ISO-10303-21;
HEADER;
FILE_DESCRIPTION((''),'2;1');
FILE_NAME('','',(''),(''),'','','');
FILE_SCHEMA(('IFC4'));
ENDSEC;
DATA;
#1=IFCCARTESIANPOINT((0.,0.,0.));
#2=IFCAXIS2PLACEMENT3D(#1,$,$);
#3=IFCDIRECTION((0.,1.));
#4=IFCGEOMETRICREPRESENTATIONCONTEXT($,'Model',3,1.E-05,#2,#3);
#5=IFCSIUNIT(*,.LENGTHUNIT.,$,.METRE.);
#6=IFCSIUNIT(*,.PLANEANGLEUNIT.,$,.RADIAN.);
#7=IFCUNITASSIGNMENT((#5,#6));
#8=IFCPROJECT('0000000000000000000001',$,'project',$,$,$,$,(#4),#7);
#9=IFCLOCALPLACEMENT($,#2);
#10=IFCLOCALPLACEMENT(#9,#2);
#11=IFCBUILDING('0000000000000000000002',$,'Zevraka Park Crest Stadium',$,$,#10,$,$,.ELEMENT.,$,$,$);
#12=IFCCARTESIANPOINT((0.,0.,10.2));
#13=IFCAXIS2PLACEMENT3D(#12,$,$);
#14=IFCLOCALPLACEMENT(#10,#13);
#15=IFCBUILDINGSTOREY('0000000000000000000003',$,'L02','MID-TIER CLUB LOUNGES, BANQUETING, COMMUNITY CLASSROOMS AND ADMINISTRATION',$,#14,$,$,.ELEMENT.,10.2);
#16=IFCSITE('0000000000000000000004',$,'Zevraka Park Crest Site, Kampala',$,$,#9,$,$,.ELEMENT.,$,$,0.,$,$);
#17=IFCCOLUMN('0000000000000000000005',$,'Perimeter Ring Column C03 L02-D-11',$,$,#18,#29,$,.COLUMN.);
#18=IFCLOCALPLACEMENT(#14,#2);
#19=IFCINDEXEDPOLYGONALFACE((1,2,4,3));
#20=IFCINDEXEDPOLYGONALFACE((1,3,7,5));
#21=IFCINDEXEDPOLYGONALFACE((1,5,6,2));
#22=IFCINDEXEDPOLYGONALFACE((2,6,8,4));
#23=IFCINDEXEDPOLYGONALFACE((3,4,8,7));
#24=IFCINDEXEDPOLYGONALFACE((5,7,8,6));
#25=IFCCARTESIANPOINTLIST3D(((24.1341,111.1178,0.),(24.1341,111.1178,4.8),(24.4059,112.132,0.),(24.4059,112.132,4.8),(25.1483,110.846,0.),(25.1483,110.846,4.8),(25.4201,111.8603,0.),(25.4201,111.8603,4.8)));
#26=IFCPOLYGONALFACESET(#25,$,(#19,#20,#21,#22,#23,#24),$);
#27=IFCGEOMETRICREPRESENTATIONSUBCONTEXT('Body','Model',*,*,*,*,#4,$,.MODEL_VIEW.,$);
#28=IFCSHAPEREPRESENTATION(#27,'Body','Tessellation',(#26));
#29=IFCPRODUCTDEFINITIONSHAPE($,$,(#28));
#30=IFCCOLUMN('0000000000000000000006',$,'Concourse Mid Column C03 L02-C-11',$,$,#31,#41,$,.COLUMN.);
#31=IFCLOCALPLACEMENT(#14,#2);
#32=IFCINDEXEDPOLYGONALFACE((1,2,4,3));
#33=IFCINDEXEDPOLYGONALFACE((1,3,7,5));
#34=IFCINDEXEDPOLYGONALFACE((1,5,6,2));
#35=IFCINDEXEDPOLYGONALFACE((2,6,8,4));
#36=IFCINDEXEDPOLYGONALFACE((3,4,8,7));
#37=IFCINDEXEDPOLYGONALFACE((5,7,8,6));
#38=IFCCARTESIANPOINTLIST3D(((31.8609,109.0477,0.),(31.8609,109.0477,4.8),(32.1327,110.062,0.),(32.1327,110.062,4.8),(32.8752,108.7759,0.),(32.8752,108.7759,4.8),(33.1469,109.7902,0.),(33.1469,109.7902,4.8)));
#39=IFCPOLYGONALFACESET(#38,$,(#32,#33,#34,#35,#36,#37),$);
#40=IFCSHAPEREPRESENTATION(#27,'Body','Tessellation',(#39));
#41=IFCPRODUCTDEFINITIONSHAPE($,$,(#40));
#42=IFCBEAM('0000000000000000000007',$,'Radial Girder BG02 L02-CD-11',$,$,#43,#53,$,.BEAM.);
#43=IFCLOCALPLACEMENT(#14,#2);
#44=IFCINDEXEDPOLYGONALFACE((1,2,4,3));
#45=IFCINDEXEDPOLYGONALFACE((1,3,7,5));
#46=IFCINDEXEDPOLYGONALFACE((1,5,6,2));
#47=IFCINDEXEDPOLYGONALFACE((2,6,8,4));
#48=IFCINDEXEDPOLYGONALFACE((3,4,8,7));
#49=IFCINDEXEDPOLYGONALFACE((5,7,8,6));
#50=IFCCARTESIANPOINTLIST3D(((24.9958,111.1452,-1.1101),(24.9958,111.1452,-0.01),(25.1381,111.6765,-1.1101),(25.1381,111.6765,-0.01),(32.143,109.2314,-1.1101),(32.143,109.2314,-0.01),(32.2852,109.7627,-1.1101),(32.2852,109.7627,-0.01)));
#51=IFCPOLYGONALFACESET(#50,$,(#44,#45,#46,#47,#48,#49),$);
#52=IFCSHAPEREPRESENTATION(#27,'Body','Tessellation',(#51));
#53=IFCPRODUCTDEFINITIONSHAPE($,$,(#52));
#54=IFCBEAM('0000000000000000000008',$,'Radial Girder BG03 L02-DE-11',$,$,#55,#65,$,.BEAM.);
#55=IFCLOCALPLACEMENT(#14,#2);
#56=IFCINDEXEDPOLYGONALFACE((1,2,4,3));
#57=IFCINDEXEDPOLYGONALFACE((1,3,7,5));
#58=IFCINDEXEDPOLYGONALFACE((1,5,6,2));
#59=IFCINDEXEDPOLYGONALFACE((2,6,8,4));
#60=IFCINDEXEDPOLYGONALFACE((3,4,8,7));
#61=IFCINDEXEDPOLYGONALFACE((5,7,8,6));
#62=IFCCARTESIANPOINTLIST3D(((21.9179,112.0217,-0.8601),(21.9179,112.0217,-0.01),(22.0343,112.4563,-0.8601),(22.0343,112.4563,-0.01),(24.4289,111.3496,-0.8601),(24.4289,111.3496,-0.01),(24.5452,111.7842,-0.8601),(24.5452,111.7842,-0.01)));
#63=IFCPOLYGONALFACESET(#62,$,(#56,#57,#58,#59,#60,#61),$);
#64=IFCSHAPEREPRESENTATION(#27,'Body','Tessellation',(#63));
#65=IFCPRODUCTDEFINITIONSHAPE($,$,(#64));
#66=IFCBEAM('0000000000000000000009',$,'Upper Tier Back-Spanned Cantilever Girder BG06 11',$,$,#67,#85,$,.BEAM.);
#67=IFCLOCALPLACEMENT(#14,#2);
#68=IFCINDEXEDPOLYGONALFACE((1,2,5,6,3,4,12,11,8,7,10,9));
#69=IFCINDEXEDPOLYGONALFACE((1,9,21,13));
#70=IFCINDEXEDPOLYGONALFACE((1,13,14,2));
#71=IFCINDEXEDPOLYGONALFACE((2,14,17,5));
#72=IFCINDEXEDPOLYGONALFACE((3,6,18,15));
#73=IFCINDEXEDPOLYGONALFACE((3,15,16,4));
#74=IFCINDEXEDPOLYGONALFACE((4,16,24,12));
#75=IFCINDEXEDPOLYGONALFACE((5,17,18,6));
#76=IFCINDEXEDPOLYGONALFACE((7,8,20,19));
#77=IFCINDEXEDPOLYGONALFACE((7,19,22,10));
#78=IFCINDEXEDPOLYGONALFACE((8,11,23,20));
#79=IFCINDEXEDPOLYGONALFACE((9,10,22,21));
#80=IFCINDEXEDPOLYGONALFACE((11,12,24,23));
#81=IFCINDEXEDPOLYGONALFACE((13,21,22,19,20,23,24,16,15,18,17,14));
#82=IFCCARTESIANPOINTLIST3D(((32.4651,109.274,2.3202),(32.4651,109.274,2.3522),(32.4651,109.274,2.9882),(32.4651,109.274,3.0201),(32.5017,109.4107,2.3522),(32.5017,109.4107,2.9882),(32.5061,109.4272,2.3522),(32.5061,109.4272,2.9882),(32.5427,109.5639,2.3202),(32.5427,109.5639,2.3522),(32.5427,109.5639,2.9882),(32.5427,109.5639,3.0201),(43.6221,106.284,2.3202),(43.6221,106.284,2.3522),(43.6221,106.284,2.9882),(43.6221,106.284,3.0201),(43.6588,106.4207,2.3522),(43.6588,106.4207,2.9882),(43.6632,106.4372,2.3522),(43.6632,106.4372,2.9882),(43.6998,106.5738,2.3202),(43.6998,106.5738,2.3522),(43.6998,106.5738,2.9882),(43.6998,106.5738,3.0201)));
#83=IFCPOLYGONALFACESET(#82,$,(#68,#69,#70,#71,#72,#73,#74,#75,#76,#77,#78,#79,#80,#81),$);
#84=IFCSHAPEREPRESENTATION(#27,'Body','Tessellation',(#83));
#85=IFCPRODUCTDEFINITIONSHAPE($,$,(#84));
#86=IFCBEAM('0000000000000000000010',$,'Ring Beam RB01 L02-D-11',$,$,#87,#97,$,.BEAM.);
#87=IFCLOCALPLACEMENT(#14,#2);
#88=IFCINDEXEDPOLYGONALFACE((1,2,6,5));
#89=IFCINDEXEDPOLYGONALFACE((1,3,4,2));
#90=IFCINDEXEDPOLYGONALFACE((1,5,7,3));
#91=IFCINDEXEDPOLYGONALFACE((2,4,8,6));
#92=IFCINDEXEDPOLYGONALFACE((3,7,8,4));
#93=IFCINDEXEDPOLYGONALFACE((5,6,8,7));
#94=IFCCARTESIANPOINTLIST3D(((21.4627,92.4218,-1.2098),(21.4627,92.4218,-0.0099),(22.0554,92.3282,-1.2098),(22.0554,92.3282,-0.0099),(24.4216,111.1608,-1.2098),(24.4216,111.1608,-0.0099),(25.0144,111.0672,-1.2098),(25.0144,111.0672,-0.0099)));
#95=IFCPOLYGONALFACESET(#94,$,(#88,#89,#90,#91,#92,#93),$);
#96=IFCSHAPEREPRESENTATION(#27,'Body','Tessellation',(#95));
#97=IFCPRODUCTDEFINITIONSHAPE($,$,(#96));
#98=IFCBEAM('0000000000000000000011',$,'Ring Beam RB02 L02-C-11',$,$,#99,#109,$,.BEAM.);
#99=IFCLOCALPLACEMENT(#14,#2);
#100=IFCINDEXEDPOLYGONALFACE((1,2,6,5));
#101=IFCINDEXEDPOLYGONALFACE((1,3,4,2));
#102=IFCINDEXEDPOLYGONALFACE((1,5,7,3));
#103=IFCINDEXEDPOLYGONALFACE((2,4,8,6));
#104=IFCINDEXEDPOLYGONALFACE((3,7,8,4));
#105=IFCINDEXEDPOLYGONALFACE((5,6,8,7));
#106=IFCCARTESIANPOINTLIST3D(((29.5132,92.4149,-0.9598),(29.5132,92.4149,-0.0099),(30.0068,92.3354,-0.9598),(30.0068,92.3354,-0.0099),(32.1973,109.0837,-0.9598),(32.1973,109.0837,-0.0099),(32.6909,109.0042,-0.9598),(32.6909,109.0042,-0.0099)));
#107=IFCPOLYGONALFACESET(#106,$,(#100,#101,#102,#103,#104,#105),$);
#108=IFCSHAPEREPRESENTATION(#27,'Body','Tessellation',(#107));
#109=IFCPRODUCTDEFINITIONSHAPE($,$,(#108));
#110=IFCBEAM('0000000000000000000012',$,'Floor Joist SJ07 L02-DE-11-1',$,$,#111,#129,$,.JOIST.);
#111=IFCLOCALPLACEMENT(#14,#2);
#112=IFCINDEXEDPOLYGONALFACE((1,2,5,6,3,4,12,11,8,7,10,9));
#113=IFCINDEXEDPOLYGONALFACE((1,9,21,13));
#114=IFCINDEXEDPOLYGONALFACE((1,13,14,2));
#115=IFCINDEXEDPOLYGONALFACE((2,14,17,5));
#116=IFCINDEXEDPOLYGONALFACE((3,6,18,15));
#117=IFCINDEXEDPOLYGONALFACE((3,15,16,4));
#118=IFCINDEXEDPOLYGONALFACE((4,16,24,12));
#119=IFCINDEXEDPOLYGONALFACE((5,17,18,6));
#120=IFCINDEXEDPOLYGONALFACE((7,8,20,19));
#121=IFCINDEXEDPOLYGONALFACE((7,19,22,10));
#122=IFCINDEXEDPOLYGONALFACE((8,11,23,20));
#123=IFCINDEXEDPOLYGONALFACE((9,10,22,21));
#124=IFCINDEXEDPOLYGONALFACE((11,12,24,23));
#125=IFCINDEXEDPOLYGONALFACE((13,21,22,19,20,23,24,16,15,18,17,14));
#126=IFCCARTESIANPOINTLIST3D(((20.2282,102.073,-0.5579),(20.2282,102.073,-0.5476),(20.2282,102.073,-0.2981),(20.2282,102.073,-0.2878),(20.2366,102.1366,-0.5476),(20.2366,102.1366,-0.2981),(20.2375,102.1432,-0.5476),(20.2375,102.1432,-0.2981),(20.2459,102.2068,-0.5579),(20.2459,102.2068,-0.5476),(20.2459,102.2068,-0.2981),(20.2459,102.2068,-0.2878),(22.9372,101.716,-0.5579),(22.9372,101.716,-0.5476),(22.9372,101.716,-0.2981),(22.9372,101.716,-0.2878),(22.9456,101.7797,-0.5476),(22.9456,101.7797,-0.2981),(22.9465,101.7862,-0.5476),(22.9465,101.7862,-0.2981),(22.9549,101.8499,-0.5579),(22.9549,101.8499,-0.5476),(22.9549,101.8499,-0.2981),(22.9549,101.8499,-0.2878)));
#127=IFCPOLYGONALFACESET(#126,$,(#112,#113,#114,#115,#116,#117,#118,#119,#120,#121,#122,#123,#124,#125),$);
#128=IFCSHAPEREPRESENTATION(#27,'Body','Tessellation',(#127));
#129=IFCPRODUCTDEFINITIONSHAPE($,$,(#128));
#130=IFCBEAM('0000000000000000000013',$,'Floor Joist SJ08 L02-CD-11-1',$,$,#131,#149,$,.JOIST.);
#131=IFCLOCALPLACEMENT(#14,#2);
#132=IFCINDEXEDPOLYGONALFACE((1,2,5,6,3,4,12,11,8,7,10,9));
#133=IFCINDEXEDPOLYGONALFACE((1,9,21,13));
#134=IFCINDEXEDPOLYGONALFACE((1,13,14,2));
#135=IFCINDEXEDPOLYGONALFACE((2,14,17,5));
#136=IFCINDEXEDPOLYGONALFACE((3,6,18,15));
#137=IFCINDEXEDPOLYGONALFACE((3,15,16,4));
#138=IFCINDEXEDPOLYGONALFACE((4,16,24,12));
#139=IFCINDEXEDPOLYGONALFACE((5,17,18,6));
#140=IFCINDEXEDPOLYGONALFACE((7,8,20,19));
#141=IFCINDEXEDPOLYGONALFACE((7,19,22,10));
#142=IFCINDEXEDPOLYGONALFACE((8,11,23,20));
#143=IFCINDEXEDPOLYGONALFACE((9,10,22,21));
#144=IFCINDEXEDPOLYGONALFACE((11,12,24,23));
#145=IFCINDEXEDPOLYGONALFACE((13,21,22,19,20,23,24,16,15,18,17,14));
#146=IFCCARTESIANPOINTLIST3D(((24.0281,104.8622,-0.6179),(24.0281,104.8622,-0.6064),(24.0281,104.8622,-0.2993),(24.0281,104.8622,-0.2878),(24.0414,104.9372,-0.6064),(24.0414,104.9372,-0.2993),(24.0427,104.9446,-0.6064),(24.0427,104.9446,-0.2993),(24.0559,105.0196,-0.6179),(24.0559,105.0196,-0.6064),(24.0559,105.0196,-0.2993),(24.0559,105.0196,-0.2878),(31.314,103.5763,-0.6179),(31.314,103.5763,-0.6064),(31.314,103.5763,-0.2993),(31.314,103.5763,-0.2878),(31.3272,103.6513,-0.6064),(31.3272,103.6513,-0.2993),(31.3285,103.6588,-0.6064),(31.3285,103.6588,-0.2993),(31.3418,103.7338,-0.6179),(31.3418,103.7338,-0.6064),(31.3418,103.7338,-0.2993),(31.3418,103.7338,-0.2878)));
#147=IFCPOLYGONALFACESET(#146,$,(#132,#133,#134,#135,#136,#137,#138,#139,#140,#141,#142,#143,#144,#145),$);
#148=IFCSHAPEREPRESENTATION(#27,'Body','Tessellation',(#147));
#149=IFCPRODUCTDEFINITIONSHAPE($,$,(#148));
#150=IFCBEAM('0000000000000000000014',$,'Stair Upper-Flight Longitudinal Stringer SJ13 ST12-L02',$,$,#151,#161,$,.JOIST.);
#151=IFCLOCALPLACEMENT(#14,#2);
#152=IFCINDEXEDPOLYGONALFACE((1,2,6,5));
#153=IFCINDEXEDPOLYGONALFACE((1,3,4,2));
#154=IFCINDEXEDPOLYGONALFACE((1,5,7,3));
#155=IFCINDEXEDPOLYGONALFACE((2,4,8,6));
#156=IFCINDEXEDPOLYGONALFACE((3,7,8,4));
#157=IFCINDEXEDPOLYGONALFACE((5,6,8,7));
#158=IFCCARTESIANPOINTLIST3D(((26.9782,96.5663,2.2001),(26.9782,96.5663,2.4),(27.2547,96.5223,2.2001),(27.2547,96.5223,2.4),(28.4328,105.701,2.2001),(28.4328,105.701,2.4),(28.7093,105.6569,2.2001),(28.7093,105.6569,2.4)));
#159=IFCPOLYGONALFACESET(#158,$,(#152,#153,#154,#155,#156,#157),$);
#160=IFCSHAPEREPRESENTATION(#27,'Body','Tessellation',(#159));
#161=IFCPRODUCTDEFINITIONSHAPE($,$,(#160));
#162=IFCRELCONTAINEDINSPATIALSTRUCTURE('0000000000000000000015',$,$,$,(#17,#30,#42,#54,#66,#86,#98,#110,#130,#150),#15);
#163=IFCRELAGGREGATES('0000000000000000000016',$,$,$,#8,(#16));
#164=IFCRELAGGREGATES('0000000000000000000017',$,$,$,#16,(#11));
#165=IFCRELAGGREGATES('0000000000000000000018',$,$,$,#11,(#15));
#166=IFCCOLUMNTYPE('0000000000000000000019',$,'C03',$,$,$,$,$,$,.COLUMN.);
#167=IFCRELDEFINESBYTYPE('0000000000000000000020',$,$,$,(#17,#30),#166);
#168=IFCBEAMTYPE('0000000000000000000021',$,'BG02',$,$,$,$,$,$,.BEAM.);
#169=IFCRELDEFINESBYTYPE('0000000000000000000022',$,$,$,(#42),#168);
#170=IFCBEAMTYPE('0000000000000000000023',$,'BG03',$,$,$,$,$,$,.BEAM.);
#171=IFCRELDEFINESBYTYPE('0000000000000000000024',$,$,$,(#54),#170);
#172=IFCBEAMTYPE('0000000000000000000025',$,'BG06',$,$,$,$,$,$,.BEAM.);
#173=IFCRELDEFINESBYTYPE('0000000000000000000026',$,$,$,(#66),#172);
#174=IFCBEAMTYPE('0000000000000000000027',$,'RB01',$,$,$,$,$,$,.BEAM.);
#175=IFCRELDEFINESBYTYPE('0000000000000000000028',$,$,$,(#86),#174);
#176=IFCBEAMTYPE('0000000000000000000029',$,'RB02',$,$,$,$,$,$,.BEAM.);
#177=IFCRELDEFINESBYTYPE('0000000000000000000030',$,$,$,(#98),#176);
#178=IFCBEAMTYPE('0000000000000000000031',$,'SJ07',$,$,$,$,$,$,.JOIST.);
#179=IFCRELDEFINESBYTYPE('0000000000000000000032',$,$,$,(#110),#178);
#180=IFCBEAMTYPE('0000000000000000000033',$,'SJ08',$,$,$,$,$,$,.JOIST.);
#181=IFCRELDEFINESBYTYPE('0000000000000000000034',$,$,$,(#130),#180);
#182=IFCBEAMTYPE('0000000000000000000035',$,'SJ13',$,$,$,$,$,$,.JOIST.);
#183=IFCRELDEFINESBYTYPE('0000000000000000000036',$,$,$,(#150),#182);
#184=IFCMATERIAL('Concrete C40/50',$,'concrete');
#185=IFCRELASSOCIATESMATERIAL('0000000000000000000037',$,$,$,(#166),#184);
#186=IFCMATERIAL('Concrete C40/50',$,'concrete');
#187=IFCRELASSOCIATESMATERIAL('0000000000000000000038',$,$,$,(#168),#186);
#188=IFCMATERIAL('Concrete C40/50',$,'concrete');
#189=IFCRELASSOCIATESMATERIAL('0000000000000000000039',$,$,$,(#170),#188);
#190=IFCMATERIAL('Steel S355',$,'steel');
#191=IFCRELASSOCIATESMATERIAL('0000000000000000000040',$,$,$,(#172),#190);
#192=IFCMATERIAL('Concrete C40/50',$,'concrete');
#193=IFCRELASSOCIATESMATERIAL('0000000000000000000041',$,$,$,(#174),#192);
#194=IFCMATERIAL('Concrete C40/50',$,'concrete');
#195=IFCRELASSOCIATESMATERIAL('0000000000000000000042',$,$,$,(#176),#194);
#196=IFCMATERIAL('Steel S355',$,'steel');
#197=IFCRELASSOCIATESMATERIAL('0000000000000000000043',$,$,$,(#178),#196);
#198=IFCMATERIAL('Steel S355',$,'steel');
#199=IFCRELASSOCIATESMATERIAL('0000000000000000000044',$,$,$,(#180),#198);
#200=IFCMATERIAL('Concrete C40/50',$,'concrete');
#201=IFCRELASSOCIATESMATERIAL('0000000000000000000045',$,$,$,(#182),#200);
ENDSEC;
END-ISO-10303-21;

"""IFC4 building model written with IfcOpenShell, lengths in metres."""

from ifc_helpers import new_model, si_unit, direction, frame, origin, origin_2d, place, context, subcontext, project, spatial, rectangle, i_section, extrude, material, material_profile, profile_set, type_object, element, save


model = new_model("IFC4")

# Units and contexts
model_context = context("Model", 3, precision=1e-05, world=origin(), true_north=direction((0.0, 1.0)))
body_context = subcontext(model_context, "Body", "Model", "MODEL_VIEW")
ifc_project = project(units=[si_unit("LENGTHUNIT", "METRE"), si_unit("PLANEANGLEUNIT", "RADIAN")], contexts=[model_context])

# Site, building, storey
site_placement = place(None, origin())
site = spatial("IfcSite", under=ifc_project, at=site_placement, Name="Zevraka Park Crest Site, Kampala", CompositionType="ELEMENT", RefElevation=0.0)
building_placement = place(site_placement, origin())
building = spatial("IfcBuilding", under=site, at=building_placement, Name="Zevraka Park Crest Stadium", CompositionType="ELEMENT")
storey_placement = place(building_placement, frame((0.0, 0.0, 10.2)))
storey = spatial("IfcBuildingStorey", under=building, at=storey_placement, Name="L02", Description="MID-TIER CLUB LOUNGES, BANQUETING, COMMUNITY CLASSROOMS AND ADMINISTRATION", CompositionType="ELEMENT", Elevation=10.2)

# Columns
ifc_material_1 = material(Name="Concrete C40/50", Category="concrete")
ifc_material_profile_1 = material_profile(ifc_material_1, rectangle(XDim=1.05, YDim=1.05, at=origin_2d()), Name="RC 1050x1050")
ifc_profile_set_1 = profile_set([ifc_material_profile_1], Name="Concrete C40/50")
column_type = type_object("IfcColumnType", Name="C03", PredefinedType="COLUMN", material=ifc_profile_set_1)
for number, where, z_axis, x_axis, name in (
    (1, (24.7771, 111.489, 0.0), (0.0, 0.0, 1.0), (-0.965926, 0.258819, 0.0), "Perimeter Ring Column C03 L02-D-11"),
    (2, (32.5039, 109.4189, 0.0), (0.0, 0.0, 1.0), (-0.965926, 0.258819, 0.0), "Concourse Mid Column C03 L02-C-11"),
):
    element("IfcColumn", number, at=place(storey_placement, frame(where, z_axis=z_axis, x_axis=x_axis)), inside=storey, type_object=column_type, Name=name, PredefinedType="COLUMN", context=body_context, shape_type="SweptSolid", body=[
        extrude(rectangle(XDim=1.05, YDim=1.05, at=origin_2d()), origin(), (0.0, 0.0, 1.0), 4.8),
    ])

# Beams
ifc_material_2 = material(Name="Concrete C40/50", Category="concrete")
ifc_material_profile_2 = material_profile(ifc_material_2, rectangle(XDim=0.55, YDim=1.1001, at=origin_2d()), Name="RC 1100x550")
ifc_profile_set_2 = profile_set([ifc_material_profile_2], Name="Concrete C40/50")
beam_type_1 = type_object("IfcBeamType", Name="BG02", PredefinedType="BEAM", material=ifc_profile_set_2)
beam_1_placement = place(storey_placement, frame((32.2141, 109.4971, -0.5601), z_axis=(-0.965969, 0.258659, 0.0), x_axis=(-0.258659, -0.965969, 0.0)))
element("IfcBeam", 3, at=beam_1_placement, inside=storey, type_object=beam_type_1, Name="Radial Girder BG02 L02-CD-11", PredefinedType="BEAM", context=body_context, shape_type="SweptSolid", body=[
    extrude(rectangle(XDim=0.55, YDim=1.1001, at=origin_2d()), origin(), (0.0, 0.0, 1.0), 7.3989),
])
ifc_material_3 = material(Name="Concrete C40/50", Category="concrete")
ifc_material_profile_3 = material_profile(ifc_material_3, rectangle(XDim=0.45, YDim=0.8501, at=origin_2d()), Name="RC 850x450")
ifc_profile_set_3 = profile_set([ifc_material_profile_3], Name="Concrete C40/50")
beam_type_2 = type_object("IfcBeamType", Name="BG03", PredefinedType="BEAM", material=ifc_profile_set_3)
beam_2_placement = place(storey_placement, frame((24.4871, 111.5669, -0.4351), z_axis=(-0.965993, 0.258569, 0.0), x_axis=(-0.258569, -0.965993, 0.0)))
element("IfcBeam", 4, at=beam_2_placement, inside=storey, type_object=beam_type_2, Name="Radial Girder BG03 L02-DE-11", PredefinedType="BEAM", context=body_context, shape_type="SweptSolid", body=[
    extrude(rectangle(XDim=0.45, YDim=0.8501, at=origin_2d()), origin(), (0.0, 0.0, 1.0), 2.5994),
])
ifc_material_4 = material(Name="Steel S355", Category="steel")
ifc_material_profile_4 = material_profile(ifc_material_4, i_section(OverallWidth=0.3, OverallDepth=0.7, WebThickness=0.0171, FlangeThickness=0.032, at=origin_2d()), Name="HEB 700")
ifc_profile_set_4 = profile_set([ifc_material_profile_4], Name="Steel S355")
beam_type_3 = type_object("IfcBeamType", Name="BG06", PredefinedType="BEAM", material=ifc_profile_set_4)
beam_3_placement = place(storey_placement, frame((32.5039, 109.4189, 2.6702), z_axis=(0.965915, -0.258858, 0.0), x_axis=(0.258858, 0.965915, 0.0)))
element("IfcBeam", 5, at=beam_3_placement, inside=storey, type_object=beam_type_3, Name="Upper Tier Back-Spanned Cantilever Girder BG06 11", PredefinedType="BEAM", context=body_context, shape_type="SweptSolid", body=[
    extrude(i_section(OverallWidth=0.3, OverallDepth=0.7, WebThickness=0.0171, FlangeThickness=0.032, at=origin_2d()), origin(), (0.0, 0.0, 1.0), 11.5508),
])
ifc_material_5 = material(Name="Concrete C40/50", Category="concrete")
ifc_material_profile_5 = material_profile(ifc_material_5, rectangle(XDim=0.6001, YDim=1.2, at=origin_2d()), Name="RC 1200x600")
ifc_profile_set_5 = profile_set([ifc_material_profile_5], Name="Concrete C40/50")
beam_type_4 = type_object("IfcBeamType", Name="RB01", PredefinedType="BEAM", material=ifc_profile_set_5)
beam_4_placement = place(storey_placement, frame((24.718, 111.114, -0.6099), z_axis=(-0.155972, -0.987761, 0.0), x_axis=(0.987761, -0.155972, 0.0)))
element("IfcBeam", 6, at=beam_4_placement, inside=storey, type_object=beam_type_4, Name="Ring Beam RB01 L02-D-11", PredefinedType="BEAM", context=body_context, shape_type="SweptSolid", body=[
    extrude(rectangle(XDim=0.6001, YDim=1.2, at=origin_2d()), origin(), (0.0, 0.0, 1.0), 18.9712),
])
ifc_material_6 = material(Name="Concrete C40/50", Category="concrete")
ifc_material_profile_6 = material_profile(ifc_material_6, rectangle(XDim=0.5, YDim=0.95, at=origin_2d()), Name="RC 950x500")
ifc_profile_set_6 = profile_set([ifc_material_profile_6], Name="Concrete C40/50")
beam_type_5 = type_object("IfcBeamType", Name="RB02", PredefinedType="BEAM", material=ifc_profile_set_6)
beam_5_placement = place(storey_placement, frame((32.4441, 109.0439, -0.4849), z_axis=(-0.158975, -0.987283, 0.0), x_axis=(0.987283, -0.158975, 0.0)))
element("IfcBeam", 7, at=beam_5_placement, inside=storey, type_object=beam_type_5, Name="Ring Beam RB02 L02-C-11", PredefinedType="BEAM", context=body_context, shape_type="SweptSolid", body=[
    extrude(rectangle(XDim=0.5, YDim=0.95, at=origin_2d()), origin(), (0.0, 0.0, 1.0), 16.8835),
])
ifc_material_7 = material(Name="Steel S355", Category="steel")
ifc_material_profile_7 = material_profile(ifc_material_7, i_section(OverallWidth=0.135, OverallDepth=0.27, WebThickness=0.0066, FlangeThickness=0.0103, at=origin_2d()), Name="IPE 270")
ifc_profile_set_7 = profile_set([ifc_material_profile_7], Name="Steel S355")
beam_type_6 = type_object("IfcBeamType", Name="SJ07", PredefinedType="JOIST", material=ifc_profile_set_7)
beam_6_placement = place(storey_placement, frame((22.946, 101.783, -0.4229), z_axis=(-0.991431, 0.13063, 0.0), x_axis=(-0.13063, -0.991431, 0.0)))
element("IfcBeam", 8, at=beam_6_placement, inside=storey, type_object=beam_type_6, Name="Floor Joist SJ07 L02-DE-11-1", PredefinedType="JOIST", context=body_context, shape_type="SweptSolid", body=[
    extrude(i_section(OverallWidth=0.135, OverallDepth=0.27, WebThickness=0.0066, FlangeThickness=0.0103, at=origin_2d()), origin(), (0.0, 0.0, 1.0), 2.7324),
])
ifc_material_8 = material(Name="Steel S355", Category="steel")
ifc_material_profile_8 = material_profile(ifc_material_8, i_section(OverallWidth=0.1599, OverallDepth=0.3301, WebThickness=0.0076, FlangeThickness=0.0115, at=origin_2d()), Name="IPE 330")
ifc_profile_set_8 = profile_set([ifc_material_profile_8], Name="Steel S355")
beam_type_7 = type_object("IfcBeamType", Name="SJ08", PredefinedType="JOIST", material=ifc_profile_set_8)
beam_7_placement = place(storey_placement, frame((31.3279, 103.655, -0.4529), z_axis=(-0.98478, 0.173804, 0.0), x_axis=(-0.173804, -0.98478, 0.0)))
element("IfcBeam", 9, at=beam_7_placement, inside=storey, type_object=beam_type_7, Name="Floor Joist SJ08 L02-CD-11-1", PredefinedType="JOIST", context=body_context, shape_type="SweptSolid", body=[
    extrude(i_section(OverallWidth=0.1599, OverallDepth=0.3301, WebThickness=0.0076, FlangeThickness=0.0115, at=origin_2d()), origin(), (0.0, 0.0, 1.0), 7.3984),
])
ifc_material_9 = material(Name="Concrete C40/50", Category="concrete")
ifc_material_profile_9 = material_profile(ifc_material_9, rectangle(XDim=0.28, YDim=0.2, at=origin_2d()), Name="RC 200x280")
ifc_profile_set_9 = profile_set([ifc_material_profile_9], Name="Concrete C40/50")
beam_type_8 = type_object("IfcBeamType", Name="SJ13", PredefinedType="JOIST", material=ifc_profile_set_9)
beam_8_placement = place(storey_placement, frame((28.571, 105.679, 2.3), z_axis=(-0.157255, -0.987558, 0.0), x_axis=(0.987558, -0.157255, 0.0)))
element("IfcBeam", 10, at=beam_8_placement, inside=storey, type_object=beam_type_8, Name="Stair Upper-Flight Longitudinal Stringer SJ13 ST12-L02", PredefinedType="JOIST", context=body_context, shape_type="SweptSolid", body=[
    extrude(rectangle(XDim=0.28, YDim=0.2, at=origin_2d()), origin(), (0.0, 0.0, 1.0), 9.2498),
])

save(model, "model.ifc")
